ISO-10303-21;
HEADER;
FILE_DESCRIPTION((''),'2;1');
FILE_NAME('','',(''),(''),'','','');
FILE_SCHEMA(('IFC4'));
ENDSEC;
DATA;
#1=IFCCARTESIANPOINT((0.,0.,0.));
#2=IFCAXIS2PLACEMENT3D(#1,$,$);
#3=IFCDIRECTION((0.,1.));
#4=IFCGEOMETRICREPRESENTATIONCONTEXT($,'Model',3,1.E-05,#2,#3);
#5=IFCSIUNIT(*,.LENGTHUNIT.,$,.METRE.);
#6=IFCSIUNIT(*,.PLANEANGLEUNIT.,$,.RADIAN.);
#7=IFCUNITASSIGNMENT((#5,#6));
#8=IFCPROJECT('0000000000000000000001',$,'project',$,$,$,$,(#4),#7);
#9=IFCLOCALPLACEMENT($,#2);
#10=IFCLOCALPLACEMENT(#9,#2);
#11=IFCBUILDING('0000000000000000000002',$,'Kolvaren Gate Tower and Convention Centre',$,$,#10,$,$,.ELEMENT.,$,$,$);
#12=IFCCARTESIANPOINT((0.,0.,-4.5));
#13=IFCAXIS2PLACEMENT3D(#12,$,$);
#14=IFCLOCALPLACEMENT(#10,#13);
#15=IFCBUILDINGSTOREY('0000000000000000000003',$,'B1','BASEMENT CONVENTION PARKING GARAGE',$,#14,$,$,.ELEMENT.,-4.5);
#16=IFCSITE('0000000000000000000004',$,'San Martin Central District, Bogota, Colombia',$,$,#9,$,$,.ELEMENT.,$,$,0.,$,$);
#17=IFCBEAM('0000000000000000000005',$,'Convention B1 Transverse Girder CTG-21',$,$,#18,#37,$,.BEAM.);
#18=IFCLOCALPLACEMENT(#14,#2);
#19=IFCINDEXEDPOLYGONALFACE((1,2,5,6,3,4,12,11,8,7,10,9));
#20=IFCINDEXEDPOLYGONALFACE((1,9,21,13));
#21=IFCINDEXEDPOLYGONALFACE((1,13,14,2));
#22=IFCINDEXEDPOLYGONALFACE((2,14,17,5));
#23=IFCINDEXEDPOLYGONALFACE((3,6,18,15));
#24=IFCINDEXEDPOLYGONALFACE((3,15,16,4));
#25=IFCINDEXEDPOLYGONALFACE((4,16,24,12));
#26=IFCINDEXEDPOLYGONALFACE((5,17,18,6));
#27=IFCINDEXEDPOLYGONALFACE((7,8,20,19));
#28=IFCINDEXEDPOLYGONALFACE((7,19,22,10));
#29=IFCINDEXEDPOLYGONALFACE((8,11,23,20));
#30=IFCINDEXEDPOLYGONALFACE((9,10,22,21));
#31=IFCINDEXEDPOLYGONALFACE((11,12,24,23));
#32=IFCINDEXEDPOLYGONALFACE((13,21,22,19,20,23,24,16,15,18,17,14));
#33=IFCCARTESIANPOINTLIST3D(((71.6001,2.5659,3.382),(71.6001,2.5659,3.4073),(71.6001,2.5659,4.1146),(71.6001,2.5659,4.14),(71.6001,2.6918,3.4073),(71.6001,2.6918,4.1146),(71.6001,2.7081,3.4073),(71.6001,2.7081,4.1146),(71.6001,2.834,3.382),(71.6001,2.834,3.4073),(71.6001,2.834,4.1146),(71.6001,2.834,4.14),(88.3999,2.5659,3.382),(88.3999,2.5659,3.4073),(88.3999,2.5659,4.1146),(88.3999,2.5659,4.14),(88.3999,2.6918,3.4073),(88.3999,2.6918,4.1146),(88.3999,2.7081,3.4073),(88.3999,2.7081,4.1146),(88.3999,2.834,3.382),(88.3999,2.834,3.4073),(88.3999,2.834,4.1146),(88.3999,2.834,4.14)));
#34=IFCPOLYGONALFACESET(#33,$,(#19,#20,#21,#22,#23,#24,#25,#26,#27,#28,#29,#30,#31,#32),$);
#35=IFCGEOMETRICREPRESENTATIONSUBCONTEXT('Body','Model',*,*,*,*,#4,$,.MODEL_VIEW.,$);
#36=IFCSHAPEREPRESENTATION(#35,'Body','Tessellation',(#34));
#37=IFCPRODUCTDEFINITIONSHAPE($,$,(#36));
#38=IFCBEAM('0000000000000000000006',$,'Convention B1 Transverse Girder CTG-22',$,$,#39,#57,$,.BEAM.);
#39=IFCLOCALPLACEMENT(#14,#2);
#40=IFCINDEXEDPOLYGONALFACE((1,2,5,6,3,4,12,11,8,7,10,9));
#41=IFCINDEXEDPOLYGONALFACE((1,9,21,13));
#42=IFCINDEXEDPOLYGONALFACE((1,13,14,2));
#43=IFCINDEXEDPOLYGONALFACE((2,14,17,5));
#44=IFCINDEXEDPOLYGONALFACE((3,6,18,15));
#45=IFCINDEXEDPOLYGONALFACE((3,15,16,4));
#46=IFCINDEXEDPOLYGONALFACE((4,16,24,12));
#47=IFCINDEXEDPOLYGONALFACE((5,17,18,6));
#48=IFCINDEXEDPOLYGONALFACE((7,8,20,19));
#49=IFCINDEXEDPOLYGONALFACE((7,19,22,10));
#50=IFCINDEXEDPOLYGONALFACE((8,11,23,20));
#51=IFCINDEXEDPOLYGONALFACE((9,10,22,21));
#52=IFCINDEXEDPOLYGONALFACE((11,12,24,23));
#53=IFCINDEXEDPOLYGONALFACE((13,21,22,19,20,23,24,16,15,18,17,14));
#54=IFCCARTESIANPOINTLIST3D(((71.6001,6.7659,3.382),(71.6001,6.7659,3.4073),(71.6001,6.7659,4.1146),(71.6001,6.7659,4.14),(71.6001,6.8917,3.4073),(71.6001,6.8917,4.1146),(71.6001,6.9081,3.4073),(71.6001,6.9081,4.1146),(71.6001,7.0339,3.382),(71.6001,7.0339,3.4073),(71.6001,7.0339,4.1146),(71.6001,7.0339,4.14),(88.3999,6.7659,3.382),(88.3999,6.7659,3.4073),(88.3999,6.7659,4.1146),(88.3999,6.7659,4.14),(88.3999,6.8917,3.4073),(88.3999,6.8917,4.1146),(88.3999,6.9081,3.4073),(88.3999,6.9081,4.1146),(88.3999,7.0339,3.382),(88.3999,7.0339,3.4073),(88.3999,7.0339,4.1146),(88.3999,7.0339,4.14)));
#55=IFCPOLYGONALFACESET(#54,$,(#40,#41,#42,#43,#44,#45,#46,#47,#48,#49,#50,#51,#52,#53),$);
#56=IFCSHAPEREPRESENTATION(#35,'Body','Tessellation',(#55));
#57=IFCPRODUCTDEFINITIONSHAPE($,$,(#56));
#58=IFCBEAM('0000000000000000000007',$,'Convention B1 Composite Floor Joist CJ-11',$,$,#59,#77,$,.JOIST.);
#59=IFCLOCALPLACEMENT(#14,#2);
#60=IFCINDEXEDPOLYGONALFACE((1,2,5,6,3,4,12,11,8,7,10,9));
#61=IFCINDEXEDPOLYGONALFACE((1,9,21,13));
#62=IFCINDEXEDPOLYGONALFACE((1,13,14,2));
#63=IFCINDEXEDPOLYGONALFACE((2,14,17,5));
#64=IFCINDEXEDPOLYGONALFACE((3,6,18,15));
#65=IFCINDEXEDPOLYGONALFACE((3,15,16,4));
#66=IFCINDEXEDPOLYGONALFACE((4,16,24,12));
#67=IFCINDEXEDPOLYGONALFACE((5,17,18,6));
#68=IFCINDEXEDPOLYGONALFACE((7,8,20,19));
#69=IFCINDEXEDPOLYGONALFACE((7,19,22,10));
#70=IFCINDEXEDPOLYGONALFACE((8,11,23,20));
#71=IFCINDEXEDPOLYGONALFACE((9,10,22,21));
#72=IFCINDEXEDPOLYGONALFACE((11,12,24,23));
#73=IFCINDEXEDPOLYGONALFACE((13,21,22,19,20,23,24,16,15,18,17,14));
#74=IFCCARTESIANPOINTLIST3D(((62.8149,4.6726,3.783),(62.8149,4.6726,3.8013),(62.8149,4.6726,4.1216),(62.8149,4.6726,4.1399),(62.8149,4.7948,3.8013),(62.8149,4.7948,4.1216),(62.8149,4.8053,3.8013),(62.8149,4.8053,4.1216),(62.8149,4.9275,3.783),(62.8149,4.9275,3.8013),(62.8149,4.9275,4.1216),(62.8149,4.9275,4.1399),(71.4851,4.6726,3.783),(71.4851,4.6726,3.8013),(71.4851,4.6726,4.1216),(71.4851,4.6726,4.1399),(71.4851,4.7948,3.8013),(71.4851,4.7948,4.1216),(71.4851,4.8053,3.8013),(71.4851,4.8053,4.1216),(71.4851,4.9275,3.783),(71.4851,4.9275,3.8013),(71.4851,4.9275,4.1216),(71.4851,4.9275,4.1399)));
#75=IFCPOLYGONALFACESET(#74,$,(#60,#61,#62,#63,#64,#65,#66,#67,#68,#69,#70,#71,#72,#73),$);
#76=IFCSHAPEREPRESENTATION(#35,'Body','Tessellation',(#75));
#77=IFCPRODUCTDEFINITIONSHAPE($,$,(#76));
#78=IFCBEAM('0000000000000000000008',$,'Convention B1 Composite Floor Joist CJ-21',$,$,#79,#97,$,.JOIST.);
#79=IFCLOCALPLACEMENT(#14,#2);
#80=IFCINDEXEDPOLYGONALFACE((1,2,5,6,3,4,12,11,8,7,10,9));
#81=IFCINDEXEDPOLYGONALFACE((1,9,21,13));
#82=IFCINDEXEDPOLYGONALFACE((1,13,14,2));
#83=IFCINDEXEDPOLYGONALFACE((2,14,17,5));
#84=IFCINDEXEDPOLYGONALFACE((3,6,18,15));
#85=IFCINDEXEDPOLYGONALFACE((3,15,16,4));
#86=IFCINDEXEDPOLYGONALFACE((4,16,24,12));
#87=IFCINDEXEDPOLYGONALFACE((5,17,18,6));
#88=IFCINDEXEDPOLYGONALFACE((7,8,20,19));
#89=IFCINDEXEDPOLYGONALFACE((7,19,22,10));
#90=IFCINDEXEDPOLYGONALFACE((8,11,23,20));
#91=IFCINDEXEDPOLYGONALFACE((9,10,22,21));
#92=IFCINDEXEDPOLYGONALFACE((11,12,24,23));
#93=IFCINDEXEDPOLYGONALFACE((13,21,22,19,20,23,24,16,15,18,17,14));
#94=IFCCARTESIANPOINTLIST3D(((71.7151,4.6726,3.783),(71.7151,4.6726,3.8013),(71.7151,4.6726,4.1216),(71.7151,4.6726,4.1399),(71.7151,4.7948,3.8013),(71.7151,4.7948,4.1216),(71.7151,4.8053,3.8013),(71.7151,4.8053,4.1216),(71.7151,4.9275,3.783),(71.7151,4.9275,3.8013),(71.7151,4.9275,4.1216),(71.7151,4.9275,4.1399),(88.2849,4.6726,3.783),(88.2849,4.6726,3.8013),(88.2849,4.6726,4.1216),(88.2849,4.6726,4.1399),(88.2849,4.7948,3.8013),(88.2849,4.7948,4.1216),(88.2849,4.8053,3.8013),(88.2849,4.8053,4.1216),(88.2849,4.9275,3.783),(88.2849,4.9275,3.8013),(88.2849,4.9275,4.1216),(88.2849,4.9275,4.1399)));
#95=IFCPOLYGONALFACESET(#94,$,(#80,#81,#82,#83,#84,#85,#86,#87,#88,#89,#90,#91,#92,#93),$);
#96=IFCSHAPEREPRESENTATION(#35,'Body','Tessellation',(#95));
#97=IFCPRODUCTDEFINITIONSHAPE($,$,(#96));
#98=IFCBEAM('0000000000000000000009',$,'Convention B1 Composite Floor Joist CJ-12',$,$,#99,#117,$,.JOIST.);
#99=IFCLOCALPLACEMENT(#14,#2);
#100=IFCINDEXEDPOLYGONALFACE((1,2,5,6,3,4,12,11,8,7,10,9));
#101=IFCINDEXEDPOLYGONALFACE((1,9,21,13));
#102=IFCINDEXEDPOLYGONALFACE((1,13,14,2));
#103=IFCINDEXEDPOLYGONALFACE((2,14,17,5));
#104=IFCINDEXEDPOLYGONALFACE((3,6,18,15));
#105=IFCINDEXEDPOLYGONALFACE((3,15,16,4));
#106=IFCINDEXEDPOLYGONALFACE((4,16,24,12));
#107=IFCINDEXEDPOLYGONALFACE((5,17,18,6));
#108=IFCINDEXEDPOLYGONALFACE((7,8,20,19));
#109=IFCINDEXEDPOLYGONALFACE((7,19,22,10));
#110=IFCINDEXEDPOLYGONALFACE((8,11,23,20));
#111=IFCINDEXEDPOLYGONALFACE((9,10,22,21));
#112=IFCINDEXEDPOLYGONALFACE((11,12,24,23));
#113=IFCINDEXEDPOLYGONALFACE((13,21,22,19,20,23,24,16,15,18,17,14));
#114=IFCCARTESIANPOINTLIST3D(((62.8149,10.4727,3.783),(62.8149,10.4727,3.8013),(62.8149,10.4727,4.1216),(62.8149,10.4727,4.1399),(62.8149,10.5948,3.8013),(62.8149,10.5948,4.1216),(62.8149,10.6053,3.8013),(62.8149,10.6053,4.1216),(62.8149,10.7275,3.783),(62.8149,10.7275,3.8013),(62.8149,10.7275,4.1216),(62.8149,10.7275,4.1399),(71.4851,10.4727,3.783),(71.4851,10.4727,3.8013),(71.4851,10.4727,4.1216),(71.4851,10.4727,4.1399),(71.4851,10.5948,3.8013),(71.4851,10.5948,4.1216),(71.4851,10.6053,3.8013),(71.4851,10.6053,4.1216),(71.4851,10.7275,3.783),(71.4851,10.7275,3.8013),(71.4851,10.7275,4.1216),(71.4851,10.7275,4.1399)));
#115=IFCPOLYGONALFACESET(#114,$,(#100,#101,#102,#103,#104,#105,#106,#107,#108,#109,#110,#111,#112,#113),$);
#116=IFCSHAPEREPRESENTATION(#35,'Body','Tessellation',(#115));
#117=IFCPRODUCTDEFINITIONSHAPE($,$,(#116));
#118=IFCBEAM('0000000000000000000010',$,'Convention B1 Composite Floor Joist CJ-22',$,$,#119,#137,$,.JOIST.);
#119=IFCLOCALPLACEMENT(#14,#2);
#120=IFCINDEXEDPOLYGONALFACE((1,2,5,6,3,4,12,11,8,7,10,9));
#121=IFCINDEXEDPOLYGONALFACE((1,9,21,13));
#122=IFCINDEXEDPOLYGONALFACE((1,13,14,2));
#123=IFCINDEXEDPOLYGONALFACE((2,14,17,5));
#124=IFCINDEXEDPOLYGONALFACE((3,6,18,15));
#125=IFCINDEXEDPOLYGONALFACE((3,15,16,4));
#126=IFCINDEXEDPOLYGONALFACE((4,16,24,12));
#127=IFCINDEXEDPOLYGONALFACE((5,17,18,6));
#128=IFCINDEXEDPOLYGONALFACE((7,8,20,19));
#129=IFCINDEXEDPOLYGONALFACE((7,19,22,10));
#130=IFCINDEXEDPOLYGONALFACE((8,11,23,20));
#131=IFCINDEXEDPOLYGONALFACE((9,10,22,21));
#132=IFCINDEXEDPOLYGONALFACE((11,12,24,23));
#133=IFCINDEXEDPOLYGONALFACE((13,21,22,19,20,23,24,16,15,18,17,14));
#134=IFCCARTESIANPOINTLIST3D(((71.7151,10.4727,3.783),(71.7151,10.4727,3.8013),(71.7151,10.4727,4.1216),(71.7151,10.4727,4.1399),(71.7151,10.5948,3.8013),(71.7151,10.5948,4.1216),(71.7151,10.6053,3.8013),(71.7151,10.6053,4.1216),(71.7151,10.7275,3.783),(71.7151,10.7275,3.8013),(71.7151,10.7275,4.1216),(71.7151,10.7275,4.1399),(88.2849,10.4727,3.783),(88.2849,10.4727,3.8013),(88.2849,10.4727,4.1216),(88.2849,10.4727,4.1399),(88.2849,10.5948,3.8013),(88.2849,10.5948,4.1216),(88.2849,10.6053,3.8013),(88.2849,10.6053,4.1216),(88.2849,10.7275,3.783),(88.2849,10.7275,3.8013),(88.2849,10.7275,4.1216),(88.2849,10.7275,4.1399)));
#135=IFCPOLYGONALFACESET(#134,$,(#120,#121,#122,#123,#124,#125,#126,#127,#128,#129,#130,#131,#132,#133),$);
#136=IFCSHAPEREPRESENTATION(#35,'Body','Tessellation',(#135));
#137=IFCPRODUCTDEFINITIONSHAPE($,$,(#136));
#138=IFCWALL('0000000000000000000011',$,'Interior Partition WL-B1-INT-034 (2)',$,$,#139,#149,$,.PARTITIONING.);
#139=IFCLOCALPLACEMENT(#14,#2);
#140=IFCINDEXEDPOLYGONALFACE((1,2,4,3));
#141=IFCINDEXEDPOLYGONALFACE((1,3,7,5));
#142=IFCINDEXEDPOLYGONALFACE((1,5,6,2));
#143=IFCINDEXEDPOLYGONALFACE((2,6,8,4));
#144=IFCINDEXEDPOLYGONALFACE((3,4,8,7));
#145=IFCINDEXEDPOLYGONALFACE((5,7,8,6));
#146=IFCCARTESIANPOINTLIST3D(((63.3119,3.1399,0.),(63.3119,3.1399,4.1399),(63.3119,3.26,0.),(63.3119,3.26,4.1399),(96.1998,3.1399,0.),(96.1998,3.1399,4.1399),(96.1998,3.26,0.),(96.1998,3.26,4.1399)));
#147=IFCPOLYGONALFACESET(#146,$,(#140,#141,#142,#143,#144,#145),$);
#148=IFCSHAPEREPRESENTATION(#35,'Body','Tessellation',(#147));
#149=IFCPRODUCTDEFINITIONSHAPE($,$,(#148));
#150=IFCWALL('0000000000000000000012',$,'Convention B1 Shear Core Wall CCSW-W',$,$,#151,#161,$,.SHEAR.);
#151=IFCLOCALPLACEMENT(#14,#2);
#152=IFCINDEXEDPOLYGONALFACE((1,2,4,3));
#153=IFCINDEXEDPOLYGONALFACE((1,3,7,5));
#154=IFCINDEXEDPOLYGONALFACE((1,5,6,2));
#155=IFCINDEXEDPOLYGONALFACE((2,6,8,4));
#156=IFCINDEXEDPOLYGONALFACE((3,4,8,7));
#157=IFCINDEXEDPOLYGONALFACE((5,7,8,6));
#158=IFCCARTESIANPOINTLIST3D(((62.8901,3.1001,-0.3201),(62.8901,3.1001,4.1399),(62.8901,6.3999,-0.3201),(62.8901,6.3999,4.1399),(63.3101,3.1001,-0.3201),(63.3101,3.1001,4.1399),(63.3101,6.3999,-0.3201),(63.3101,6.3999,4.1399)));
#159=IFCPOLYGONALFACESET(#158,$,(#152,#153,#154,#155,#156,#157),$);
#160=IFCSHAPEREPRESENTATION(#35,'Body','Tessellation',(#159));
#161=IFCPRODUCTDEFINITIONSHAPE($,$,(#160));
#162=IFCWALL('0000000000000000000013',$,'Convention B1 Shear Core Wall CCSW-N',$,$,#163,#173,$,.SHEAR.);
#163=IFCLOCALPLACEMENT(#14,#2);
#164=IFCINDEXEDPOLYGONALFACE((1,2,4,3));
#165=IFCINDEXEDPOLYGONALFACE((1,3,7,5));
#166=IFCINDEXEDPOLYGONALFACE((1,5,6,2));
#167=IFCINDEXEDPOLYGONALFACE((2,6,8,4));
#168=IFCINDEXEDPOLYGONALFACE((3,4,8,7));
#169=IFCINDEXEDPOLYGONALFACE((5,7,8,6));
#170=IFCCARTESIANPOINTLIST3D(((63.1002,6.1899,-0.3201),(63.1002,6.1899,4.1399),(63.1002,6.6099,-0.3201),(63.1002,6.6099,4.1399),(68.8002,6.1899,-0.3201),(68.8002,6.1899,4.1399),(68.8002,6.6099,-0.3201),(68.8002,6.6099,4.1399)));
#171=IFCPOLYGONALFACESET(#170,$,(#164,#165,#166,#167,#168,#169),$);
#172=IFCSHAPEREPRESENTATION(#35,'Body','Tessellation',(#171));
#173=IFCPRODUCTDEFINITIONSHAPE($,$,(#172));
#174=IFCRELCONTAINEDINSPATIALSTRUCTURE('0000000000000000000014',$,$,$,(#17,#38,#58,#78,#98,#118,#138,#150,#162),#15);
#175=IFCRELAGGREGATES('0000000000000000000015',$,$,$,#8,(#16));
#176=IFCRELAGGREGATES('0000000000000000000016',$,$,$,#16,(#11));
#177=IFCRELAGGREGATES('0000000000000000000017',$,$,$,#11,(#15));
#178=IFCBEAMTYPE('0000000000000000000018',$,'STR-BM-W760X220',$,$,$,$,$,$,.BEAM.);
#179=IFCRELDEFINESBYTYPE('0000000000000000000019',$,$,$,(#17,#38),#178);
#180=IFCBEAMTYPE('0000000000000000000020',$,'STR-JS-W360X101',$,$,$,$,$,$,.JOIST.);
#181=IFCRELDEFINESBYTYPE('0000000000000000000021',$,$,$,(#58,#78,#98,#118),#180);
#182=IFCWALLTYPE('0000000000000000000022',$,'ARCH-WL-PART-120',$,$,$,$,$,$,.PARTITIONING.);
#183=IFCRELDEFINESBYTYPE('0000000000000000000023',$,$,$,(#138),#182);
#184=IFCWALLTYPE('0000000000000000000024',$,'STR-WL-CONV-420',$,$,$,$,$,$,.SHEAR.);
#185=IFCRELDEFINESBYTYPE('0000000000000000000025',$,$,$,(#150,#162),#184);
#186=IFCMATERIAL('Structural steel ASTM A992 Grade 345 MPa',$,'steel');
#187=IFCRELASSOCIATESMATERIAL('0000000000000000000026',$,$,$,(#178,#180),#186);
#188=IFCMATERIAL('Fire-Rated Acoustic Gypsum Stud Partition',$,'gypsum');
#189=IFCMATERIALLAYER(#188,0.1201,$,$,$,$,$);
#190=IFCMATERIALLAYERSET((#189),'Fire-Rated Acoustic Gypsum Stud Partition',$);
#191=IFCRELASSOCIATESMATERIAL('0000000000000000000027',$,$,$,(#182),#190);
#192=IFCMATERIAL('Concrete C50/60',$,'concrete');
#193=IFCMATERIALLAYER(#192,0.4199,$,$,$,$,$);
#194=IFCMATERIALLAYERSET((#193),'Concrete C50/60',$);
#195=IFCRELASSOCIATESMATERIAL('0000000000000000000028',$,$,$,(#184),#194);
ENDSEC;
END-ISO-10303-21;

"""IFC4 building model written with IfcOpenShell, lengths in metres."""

from ifc_helpers import new_model, si_unit, direction, frame, frame_2d, origin, origin_2d, place, context, subcontext, project, spatial, rectangle, i_section, extrude, material, layer, layer_set, material_profile, profile_set, type_object, element, save


model = new_model("IFC4")

# Units and contexts
model_context = context("Model", 3, precision=1e-05, world=origin(), true_north=direction((0.0, 1.0)))
body_context = subcontext(model_context, "Body", "Model", "MODEL_VIEW")
ifc_project = project(units=[si_unit("LENGTHUNIT", "METRE"), si_unit("PLANEANGLEUNIT", "RADIAN")], contexts=[model_context])

# Site, building, storey
site_placement = place(None, origin())
site = spatial("IfcSite", under=ifc_project, at=site_placement, Name="San Martin Central District, Bogota, Colombia", CompositionType="ELEMENT", RefElevation=0.0)
building_placement = place(site_placement, origin())
building = spatial("IfcBuilding", under=site, at=building_placement, Name="Kolvaren Gate Tower and Convention Centre", CompositionType="ELEMENT")
storey_placement = place(building_placement, frame((0.0, 0.0, -4.5)))
storey = spatial("IfcBuildingStorey", under=building, at=storey_placement, Name="B1", Description="BASEMENT CONVENTION PARKING GARAGE", CompositionType="ELEMENT", Elevation=-4.5)

# Shared definitions
ifc_material_1 = material(Name="Concrete C50/60", Category="concrete")

# Beams
ifc_material_2 = material(Name="Structural steel ASTM A992 Grade 345 MPa", Category="steel")
ifc_material_profile_1 = material_profile(ifc_material_2, i_section(OverallWidth=0.2681, OverallDepth=0.7581, WebThickness=0.0164, FlangeThickness=0.0254, at=origin_2d()), Name="W760X220")
ifc_profile_set_1 = profile_set([ifc_material_profile_1], Name="Structural steel ASTM A992 Grade 345 MPa")
beam_type_1 = type_object("IfcBeamType", Name="STR-BM-W760X220", PredefinedType="BEAM", material=ifc_profile_set_1)
for number, where, z_axis, x_axis, name in (
    (1, (71.6001, 2.7, 3.761), (1.0, 0.0, 0.0), (0.0, 1.0, 0.0), "Convention B1 Transverse Girder CTG-21"),
    (2, (71.6001, 6.8999, 3.761), (1.0, 0.0, 0.0), (0.0, 1.0, 0.0), "Convention B1 Transverse Girder CTG-22"),
):
    element("IfcBeam", number, at=place(storey_placement, frame(where, z_axis=z_axis, x_axis=x_axis)), inside=storey, type_object=beam_type_1, Name=name, PredefinedType="BEAM", context=body_context, shape_type="SweptSolid", body=[
        extrude(i_section(OverallWidth=0.2681, OverallDepth=0.7581, WebThickness=0.0164, FlangeThickness=0.0254, at=origin_2d()), origin(), (0.0, 0.0, 1.0), 16.7998),
    ])
ifc_material_profile_2 = material_profile(ifc_material_2, i_section(OverallWidth=0.2549, OverallDepth=0.3569, WebThickness=0.0105, FlangeThickness=0.0183, at=origin_2d()), Name="W360X101")
ifc_profile_set_2 = profile_set([ifc_material_profile_2], Name="Structural steel ASTM A992 Grade 345 MPa")
beam_type_2 = type_object("IfcBeamType", Name="STR-JS-W360X101", PredefinedType="JOIST", material=ifc_profile_set_2)
beam_1_placement = place(storey_placement, frame((62.8149, 4.8, 3.9614), z_axis=(1.0, 0.0, 0.0), x_axis=(0.0, 1.0, 0.0)))
element("IfcBeam", 3, at=beam_1_placement, inside=storey, type_object=beam_type_2, Name="Convention B1 Composite Floor Joist CJ-11", PredefinedType="JOIST", context=body_context, shape_type="SweptSolid", body=[
    extrude(i_section(OverallWidth=0.2549, OverallDepth=0.3569, WebThickness=0.0105, FlangeThickness=0.0183, at=origin_2d()), origin(), (0.0, 0.0, 1.0), 8.6702),
])
beam_2_placement = place(storey_placement, frame((71.7151, 4.8, 3.9614), z_axis=(1.0, 0.0, 0.0), x_axis=(0.0, 1.0, 0.0)))
element("IfcBeam", 4, at=beam_2_placement, inside=storey, type_object=beam_type_2, Name="Convention B1 Composite Floor Joist CJ-21", PredefinedType="JOIST", context=body_context, shape_type="SweptSolid", body=[
    extrude(i_section(OverallWidth=0.2549, OverallDepth=0.3569, WebThickness=0.0105, FlangeThickness=0.0183, at=origin_2d()), origin(), (0.0, 0.0, 1.0), 16.5698),
])
beam_3_placement = place(storey_placement, frame((62.8149, 10.6001, 3.9614), z_axis=(1.0, 0.0, 0.0), x_axis=(0.0, 1.0, 0.0)))
element("IfcBeam", 5, at=beam_3_placement, inside=storey, type_object=beam_type_2, Name="Convention B1 Composite Floor Joist CJ-12", PredefinedType="JOIST", context=body_context, shape_type="SweptSolid", body=[
    extrude(i_section(OverallWidth=0.2549, OverallDepth=0.3569, WebThickness=0.0105, FlangeThickness=0.0183, at=origin_2d()), origin(), (0.0, 0.0, 1.0), 8.6702),
])
beam_4_placement = place(storey_placement, frame((71.7151, 10.6001, 3.9614), z_axis=(1.0, 0.0, 0.0), x_axis=(0.0, 1.0, 0.0)))
element("IfcBeam", 6, at=beam_4_placement, inside=storey, type_object=beam_type_2, Name="Convention B1 Composite Floor Joist CJ-22", PredefinedType="JOIST", context=body_context, shape_type="SweptSolid", body=[
    extrude(i_section(OverallWidth=0.2549, OverallDepth=0.3569, WebThickness=0.0105, FlangeThickness=0.0183, at=origin_2d()), origin(), (0.0, 0.0, 1.0), 16.5698),
])

# Walls
ifc_material_3 = material(Name="Fire-Rated Acoustic Gypsum Stud Partition", Category="gypsum")
ifc_layer_1 = layer(ifc_material_3, 0.1201)
ifc_layer_set_1 = layer_set([ifc_layer_1], Name="Fire-Rated Acoustic Gypsum Stud Partition")
wall_type_1 = type_object("IfcWallType", Name="ARCH-WL-PART-120", PredefinedType="PARTITIONING", material=ifc_layer_set_1)
wall_1_placement = place(storey_placement, frame((63.312, 3.2, 0.0), z_axis=(0.0, 0.0, 1.0), x_axis=(1.0, 0.0, 0.0)))
element("IfcWall", 7, at=wall_1_placement, inside=storey, type_object=wall_type_1, Name="Interior Partition WL-B1-INT-034 (2)", PredefinedType="PARTITIONING", context=body_context, shape_type="SweptSolid", body=[
    extrude(rectangle(XDim=32.8879, YDim=0.1201, at=frame_2d((16.4438, 0.0))), origin(), (0.0, 0.0, 1.0), 4.1399),
])
ifc_layer_2 = layer(ifc_material_1, 0.4199)
ifc_layer_set_2 = layer_set([ifc_layer_2], Name="Concrete C50/60")
wall_type_2 = type_object("IfcWallType", Name="STR-WL-CONV-420", PredefinedType="SHEAR", material=ifc_layer_set_2)
wall_2_placement = place(storey_placement, frame((63.1001, 3.1001, -0.3201), z_axis=(0.0, 0.0, 1.0), x_axis=(0.0, 1.0, 0.0)))
element("IfcWall", 8, at=wall_2_placement, inside=storey, type_object=wall_type_2, Name="Convention B1 Shear Core Wall CCSW-W", PredefinedType="SHEAR", context=body_context, shape_type="SweptSolid", body=[
    extrude(rectangle(XDim=3.2998, YDim=0.4199, at=frame_2d((1.6499, 0.0))), origin(), (0.0, 0.0, 1.0), 4.46),
])
wall_3_placement = place(storey_placement, frame((63.1001, 6.3999, -0.3201), z_axis=(0.0, 0.0, 1.0), x_axis=(1.0, 0.0, 0.0)))
element("IfcWall", 9, at=wall_3_placement, inside=storey, type_object=wall_type_2, Name="Convention B1 Shear Core Wall CCSW-N", PredefinedType="SHEAR", context=body_context, shape_type="SweptSolid", body=[
    extrude(rectangle(XDim=5.7, YDim=0.4199, at=frame_2d((2.8501, 0.0))), origin(), (0.0, 0.0, 1.0), 4.46),
])

save(model, "model.ifc")
